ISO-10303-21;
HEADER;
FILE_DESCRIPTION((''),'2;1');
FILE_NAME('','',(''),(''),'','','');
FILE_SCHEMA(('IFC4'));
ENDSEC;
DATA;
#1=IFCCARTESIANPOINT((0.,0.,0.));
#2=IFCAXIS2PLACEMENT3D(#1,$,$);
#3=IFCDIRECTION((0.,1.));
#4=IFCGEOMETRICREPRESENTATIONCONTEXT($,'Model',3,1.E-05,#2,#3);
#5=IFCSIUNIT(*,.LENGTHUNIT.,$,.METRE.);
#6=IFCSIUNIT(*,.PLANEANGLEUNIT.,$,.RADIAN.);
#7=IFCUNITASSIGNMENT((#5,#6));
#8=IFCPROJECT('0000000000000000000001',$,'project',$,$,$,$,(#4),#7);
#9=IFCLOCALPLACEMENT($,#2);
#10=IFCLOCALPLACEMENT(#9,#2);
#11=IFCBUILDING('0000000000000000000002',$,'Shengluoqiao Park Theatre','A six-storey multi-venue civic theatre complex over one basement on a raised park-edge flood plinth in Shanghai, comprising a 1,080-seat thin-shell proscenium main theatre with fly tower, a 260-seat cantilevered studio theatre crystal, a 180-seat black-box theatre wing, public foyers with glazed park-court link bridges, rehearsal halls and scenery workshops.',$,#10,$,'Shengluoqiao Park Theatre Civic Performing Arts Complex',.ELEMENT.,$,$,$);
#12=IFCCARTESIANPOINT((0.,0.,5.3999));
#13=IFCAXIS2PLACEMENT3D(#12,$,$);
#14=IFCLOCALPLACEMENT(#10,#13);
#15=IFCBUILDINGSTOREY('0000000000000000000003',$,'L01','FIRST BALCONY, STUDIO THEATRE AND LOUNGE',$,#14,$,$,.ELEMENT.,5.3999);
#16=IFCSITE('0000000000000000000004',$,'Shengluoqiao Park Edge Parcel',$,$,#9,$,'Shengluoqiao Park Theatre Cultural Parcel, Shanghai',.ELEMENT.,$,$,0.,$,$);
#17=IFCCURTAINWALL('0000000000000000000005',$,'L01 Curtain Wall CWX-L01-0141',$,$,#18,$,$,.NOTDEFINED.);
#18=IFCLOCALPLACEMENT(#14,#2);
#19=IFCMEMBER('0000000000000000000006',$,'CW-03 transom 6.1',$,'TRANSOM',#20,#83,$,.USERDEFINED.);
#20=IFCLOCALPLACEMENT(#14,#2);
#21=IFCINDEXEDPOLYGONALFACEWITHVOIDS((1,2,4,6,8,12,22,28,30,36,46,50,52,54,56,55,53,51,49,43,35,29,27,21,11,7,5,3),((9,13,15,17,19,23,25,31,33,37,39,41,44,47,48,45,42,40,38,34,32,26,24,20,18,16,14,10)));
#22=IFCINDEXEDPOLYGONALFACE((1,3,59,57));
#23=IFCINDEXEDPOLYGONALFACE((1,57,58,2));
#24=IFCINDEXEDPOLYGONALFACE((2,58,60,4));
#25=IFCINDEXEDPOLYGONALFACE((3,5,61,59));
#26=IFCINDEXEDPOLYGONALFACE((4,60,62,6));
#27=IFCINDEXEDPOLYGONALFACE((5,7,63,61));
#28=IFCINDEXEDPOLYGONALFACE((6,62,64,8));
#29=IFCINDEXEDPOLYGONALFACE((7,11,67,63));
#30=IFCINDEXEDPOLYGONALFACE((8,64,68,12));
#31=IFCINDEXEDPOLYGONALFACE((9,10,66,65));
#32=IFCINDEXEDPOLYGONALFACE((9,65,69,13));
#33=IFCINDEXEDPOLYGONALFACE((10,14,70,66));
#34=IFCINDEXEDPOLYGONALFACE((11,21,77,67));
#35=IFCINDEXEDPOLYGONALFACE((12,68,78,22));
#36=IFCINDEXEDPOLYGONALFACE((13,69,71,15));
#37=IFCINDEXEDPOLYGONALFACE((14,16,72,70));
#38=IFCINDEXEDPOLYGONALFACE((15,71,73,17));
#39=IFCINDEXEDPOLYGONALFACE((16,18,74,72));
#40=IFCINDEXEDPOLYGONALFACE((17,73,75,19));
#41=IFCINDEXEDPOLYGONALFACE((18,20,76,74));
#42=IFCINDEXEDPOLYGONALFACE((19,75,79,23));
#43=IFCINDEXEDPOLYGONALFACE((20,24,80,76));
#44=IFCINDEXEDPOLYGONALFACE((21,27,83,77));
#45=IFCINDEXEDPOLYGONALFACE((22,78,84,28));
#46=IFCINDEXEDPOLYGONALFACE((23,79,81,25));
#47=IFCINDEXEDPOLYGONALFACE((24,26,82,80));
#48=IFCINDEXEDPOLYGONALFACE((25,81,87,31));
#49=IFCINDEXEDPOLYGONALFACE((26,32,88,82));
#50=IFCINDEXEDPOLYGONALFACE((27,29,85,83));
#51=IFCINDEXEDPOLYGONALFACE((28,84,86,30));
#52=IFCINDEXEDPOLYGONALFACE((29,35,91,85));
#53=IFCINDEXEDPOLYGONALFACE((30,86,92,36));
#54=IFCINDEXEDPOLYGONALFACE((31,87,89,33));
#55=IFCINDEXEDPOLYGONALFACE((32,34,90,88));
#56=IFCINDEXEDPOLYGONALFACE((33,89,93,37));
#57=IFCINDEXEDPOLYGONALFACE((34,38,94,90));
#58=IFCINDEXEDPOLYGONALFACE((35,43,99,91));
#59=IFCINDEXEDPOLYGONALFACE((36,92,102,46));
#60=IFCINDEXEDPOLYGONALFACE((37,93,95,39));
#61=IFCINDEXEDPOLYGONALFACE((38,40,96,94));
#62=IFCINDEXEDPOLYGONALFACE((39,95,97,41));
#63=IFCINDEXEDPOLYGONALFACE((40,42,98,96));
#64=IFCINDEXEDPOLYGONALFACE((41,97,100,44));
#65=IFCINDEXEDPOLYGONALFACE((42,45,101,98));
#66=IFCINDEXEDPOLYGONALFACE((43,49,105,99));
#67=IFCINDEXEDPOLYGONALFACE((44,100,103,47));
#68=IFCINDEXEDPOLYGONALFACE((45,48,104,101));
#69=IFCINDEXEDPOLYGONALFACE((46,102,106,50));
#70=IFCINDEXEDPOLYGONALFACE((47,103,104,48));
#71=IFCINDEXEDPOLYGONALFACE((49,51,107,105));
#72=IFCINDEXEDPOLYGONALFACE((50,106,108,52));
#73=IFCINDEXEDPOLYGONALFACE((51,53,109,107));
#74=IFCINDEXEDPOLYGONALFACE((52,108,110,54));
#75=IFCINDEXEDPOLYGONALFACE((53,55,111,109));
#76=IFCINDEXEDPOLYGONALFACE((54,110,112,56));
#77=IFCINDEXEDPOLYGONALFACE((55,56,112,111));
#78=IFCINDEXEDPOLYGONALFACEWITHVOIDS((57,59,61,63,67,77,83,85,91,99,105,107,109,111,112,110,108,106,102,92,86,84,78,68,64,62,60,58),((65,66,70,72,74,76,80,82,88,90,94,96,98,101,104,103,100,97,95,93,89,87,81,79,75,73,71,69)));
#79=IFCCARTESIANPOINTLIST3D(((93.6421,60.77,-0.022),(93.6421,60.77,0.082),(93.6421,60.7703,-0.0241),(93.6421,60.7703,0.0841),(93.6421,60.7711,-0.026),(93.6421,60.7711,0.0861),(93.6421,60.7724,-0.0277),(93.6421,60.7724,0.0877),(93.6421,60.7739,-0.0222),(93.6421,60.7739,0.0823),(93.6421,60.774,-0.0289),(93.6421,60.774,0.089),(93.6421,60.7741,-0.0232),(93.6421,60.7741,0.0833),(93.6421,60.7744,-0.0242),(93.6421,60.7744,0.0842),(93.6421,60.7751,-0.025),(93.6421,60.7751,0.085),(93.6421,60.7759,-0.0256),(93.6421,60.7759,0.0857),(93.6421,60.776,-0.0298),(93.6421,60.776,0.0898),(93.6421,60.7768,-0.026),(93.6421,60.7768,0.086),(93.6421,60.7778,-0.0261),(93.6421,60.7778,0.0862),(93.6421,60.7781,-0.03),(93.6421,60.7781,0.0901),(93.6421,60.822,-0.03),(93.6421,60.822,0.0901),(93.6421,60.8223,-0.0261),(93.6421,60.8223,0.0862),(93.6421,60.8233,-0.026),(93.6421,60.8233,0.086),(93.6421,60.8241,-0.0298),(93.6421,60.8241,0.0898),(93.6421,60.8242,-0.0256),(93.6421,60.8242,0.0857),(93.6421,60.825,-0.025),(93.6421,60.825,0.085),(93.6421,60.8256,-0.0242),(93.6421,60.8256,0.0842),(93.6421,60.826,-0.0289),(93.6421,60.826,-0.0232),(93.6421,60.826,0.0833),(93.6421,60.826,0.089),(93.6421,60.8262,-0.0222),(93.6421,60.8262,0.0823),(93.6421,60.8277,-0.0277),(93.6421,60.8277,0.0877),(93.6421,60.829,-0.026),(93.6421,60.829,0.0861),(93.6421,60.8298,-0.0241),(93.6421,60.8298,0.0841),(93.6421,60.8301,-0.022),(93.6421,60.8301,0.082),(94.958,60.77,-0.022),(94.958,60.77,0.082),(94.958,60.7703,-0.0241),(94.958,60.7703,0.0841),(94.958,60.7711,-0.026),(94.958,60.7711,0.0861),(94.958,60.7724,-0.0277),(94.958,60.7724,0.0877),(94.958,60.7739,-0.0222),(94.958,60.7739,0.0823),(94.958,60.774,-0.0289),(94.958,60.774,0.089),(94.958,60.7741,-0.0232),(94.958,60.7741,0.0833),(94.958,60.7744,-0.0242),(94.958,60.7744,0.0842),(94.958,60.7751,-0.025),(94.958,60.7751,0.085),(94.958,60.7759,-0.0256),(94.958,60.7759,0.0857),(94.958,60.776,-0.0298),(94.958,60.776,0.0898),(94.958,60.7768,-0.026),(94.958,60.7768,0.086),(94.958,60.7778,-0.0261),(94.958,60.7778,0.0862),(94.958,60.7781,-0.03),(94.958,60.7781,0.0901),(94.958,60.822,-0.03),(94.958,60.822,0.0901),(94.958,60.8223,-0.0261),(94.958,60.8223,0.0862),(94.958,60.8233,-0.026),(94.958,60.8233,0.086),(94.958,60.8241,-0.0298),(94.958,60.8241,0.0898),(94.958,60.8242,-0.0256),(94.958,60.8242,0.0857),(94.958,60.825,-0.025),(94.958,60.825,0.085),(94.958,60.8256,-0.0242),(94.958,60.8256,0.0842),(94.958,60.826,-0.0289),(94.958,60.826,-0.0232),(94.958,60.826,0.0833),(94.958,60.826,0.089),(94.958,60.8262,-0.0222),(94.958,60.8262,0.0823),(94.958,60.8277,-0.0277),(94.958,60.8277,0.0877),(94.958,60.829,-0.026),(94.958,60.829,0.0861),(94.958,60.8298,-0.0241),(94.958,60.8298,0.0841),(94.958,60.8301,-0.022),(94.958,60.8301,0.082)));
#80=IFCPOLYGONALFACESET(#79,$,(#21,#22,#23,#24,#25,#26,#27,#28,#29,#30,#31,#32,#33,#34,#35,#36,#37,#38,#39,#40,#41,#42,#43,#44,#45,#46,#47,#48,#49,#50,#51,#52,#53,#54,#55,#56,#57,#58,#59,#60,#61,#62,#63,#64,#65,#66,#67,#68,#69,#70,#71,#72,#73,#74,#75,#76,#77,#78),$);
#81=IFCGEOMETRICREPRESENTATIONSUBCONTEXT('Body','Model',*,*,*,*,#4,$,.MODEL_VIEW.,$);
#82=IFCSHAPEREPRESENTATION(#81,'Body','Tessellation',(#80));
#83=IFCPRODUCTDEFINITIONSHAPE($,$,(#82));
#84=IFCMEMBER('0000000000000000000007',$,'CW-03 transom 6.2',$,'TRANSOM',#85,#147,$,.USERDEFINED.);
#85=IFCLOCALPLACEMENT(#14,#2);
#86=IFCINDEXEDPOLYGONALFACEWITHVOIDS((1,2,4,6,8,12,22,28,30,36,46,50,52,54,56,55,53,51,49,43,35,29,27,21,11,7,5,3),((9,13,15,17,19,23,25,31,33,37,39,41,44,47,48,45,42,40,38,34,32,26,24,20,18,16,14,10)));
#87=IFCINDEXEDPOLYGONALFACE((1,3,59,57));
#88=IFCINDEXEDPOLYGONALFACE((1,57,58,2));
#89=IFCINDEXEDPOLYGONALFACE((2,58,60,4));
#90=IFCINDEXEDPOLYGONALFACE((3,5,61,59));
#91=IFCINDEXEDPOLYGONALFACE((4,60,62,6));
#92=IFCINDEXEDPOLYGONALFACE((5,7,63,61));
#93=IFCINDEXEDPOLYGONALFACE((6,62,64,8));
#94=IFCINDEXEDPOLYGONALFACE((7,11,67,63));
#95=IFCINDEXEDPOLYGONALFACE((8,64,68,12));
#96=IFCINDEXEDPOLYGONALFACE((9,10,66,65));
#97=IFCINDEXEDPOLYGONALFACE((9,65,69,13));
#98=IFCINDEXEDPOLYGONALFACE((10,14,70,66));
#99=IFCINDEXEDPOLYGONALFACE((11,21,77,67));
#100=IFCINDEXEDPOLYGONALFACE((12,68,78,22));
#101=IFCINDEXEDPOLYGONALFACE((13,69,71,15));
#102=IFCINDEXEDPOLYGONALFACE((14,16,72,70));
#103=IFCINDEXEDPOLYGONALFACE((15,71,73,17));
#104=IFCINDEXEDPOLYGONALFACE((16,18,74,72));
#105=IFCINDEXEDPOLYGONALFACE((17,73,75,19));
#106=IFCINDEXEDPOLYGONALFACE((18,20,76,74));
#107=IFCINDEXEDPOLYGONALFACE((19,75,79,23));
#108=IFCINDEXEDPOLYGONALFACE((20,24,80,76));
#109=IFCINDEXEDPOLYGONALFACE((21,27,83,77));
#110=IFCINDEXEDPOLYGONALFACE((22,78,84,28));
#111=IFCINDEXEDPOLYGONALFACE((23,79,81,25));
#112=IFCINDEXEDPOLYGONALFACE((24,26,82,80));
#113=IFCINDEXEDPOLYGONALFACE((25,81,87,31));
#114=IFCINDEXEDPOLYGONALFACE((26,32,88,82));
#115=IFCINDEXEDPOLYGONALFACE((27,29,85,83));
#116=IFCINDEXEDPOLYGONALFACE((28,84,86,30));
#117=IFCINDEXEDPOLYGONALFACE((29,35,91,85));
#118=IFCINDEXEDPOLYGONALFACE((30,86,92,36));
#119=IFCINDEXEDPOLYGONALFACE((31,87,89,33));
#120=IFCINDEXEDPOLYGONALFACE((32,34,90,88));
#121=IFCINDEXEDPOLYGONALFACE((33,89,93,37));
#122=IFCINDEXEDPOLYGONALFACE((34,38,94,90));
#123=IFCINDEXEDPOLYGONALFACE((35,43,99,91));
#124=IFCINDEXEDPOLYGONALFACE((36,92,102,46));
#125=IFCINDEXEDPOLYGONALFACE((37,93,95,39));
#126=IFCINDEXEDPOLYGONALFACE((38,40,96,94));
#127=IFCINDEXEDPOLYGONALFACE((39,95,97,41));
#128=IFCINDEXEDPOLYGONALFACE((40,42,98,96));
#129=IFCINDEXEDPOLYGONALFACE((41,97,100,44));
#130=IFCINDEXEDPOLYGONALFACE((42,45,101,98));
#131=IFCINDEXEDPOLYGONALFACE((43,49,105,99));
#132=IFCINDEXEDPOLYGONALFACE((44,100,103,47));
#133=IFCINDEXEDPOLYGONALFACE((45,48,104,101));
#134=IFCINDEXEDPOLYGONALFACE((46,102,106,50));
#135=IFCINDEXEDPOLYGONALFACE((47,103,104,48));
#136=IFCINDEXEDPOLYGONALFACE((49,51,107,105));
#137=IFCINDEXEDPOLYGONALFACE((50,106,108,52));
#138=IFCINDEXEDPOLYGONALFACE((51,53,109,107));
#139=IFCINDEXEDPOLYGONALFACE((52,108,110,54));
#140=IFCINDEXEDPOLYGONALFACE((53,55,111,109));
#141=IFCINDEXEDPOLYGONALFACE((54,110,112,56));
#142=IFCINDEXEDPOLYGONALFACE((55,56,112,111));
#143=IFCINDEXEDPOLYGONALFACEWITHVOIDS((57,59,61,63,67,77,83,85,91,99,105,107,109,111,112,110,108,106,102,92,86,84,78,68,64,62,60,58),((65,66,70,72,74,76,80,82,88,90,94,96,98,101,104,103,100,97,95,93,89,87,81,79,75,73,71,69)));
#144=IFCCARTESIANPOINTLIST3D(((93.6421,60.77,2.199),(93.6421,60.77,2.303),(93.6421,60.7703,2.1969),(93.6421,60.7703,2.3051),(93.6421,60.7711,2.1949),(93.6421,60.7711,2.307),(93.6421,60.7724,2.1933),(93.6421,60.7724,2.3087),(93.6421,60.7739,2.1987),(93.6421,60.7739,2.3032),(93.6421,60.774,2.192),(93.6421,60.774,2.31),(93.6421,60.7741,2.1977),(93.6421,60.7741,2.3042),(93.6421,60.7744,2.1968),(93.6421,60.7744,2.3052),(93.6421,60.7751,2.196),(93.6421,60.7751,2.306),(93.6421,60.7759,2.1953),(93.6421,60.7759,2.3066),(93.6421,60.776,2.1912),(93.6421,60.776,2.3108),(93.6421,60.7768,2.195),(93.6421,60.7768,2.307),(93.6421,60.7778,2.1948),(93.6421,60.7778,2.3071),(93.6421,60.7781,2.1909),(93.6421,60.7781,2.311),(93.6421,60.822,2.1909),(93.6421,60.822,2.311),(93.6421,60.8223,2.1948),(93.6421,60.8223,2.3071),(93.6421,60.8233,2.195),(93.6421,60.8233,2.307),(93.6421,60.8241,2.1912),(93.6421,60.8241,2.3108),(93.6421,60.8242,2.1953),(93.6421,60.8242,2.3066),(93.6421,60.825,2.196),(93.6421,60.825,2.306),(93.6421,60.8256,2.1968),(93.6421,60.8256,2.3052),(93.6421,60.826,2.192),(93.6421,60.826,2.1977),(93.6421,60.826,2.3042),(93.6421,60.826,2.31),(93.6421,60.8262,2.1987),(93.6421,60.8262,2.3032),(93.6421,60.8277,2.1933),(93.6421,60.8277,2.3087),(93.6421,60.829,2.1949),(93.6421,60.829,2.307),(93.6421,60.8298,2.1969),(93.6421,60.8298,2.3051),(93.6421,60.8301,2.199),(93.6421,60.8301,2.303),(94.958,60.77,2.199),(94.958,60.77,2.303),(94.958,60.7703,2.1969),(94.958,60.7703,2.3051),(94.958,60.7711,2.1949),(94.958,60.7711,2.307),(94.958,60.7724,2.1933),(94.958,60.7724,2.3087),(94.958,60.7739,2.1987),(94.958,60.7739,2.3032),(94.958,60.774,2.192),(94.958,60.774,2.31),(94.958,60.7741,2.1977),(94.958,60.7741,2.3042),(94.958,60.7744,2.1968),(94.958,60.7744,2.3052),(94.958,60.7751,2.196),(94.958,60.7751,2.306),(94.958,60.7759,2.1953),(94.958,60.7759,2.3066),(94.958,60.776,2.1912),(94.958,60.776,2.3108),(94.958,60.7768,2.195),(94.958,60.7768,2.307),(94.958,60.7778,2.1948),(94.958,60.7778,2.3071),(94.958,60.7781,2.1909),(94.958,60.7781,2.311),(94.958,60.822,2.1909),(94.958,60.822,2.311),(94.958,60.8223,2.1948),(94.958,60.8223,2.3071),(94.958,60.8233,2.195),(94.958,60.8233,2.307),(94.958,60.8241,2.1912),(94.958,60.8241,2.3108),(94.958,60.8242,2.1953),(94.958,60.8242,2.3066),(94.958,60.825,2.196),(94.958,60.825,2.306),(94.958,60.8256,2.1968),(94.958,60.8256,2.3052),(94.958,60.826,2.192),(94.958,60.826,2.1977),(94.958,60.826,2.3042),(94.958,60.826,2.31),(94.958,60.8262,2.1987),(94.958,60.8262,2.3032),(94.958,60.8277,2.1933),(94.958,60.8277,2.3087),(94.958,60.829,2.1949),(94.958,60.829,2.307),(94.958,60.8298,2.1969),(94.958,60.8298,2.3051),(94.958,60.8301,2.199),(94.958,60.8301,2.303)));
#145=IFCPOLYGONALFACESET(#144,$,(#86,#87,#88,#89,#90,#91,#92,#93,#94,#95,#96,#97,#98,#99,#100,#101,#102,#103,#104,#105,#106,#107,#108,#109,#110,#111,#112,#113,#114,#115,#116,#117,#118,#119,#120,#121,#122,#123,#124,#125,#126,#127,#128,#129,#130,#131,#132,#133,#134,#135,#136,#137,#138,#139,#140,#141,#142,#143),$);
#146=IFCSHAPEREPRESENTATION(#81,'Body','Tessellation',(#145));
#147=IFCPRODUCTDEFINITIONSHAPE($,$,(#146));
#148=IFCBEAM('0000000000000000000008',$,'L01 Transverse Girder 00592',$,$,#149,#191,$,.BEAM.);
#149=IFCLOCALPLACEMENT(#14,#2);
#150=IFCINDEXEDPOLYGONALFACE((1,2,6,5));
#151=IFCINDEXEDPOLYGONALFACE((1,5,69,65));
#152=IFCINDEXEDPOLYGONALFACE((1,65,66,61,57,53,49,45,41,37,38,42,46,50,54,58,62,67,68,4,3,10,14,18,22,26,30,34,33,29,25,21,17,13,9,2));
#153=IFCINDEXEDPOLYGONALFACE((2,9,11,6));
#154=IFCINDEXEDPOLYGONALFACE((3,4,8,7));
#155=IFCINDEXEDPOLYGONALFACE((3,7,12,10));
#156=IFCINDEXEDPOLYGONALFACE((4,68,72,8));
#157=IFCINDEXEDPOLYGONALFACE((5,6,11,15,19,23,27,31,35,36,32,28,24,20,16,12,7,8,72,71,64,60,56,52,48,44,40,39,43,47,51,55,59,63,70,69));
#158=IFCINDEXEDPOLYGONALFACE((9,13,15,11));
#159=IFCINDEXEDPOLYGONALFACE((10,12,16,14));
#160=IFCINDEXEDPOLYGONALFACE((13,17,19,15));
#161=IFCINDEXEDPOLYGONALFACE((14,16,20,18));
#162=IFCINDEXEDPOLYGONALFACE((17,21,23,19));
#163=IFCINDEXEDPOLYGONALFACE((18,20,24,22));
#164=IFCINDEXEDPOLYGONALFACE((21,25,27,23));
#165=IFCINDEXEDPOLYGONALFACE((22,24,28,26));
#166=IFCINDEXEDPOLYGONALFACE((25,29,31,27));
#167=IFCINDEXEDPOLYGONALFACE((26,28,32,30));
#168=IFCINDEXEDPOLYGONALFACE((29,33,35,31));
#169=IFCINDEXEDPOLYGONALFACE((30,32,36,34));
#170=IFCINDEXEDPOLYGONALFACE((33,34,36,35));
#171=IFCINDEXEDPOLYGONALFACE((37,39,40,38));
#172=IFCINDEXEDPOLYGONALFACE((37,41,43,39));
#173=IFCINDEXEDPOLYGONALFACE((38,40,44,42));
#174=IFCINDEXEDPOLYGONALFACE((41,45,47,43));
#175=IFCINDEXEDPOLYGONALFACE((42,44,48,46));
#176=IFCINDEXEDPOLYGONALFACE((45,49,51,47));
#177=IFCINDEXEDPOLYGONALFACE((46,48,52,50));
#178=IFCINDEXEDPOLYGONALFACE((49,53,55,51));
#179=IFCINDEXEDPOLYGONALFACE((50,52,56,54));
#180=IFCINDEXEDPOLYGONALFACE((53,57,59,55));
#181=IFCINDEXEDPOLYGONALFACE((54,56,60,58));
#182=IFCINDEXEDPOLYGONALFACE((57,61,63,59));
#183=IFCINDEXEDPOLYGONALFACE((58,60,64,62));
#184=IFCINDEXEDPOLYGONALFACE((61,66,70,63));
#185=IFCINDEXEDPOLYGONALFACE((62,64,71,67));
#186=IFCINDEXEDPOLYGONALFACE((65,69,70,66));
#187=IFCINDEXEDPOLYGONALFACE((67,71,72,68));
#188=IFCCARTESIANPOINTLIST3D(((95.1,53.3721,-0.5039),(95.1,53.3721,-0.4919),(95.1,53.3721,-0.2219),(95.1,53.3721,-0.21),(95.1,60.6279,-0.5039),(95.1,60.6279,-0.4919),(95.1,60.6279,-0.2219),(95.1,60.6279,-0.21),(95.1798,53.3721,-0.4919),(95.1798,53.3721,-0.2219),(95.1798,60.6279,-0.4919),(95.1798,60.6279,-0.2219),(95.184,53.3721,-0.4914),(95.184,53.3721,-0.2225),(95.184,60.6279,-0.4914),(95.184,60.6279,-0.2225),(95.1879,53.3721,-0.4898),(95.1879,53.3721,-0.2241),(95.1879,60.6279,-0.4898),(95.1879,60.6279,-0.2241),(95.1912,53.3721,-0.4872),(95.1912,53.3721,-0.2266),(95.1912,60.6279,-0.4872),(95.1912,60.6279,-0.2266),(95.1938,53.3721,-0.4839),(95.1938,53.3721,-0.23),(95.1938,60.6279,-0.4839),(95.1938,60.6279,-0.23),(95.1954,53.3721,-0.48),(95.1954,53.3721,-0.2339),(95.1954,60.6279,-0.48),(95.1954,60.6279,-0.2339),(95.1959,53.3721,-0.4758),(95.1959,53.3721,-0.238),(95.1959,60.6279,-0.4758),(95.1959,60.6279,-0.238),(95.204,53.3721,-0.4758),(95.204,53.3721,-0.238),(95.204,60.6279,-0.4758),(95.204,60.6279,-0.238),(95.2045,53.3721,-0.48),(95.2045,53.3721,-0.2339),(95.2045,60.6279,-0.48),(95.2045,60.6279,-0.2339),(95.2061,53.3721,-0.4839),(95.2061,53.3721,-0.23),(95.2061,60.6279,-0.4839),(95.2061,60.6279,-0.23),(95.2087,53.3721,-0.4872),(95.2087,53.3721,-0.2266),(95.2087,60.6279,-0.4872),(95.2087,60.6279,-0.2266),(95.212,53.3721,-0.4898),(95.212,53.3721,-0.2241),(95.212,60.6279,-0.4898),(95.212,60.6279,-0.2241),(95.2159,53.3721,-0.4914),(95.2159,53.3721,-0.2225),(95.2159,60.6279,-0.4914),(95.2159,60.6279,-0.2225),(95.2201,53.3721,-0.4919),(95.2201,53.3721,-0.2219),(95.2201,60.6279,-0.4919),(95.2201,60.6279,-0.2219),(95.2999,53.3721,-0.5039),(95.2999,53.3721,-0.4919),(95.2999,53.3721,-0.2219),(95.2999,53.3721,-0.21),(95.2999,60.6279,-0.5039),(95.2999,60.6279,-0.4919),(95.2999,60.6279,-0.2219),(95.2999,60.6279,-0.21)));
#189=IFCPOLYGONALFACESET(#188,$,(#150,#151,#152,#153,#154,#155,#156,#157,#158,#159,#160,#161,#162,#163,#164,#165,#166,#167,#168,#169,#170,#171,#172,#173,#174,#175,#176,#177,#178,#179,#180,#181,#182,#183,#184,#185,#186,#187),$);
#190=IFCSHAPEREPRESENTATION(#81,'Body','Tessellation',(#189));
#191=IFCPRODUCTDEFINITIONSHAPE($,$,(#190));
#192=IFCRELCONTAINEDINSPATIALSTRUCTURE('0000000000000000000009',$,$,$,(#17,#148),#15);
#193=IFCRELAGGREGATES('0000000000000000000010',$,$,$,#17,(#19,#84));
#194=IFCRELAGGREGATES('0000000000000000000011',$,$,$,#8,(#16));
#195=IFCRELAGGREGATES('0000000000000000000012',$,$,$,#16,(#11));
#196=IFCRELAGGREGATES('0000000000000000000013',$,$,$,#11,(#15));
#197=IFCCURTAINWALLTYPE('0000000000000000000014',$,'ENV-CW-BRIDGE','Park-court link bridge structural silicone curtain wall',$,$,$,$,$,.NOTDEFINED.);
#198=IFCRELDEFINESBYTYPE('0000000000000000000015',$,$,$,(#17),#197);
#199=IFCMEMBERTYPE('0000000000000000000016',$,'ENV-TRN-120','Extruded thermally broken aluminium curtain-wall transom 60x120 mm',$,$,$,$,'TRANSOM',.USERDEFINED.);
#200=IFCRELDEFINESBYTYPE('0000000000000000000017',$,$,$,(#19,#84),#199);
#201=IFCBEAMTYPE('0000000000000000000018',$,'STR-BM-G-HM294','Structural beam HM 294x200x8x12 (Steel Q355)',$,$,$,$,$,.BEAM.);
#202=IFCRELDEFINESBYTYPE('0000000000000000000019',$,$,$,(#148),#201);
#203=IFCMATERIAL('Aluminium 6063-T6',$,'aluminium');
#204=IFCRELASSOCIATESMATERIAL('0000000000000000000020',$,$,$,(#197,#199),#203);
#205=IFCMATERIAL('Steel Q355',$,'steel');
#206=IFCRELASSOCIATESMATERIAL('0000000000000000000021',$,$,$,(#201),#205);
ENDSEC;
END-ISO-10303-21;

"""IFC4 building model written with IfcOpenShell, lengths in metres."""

from ifc_helpers import new_model, si_unit, direction, frame, origin, origin_2d, place, context, subcontext, project, spatial, hollow_rectangle, i_section, extrude, material, material_profile, profile_set, type_object, element, aggregate, save


model = new_model("IFC4")

# Units and contexts
model_context = context("Model", 3, precision=1e-05, world=origin(), true_north=direction((0.0, 1.0)))
body_context = subcontext(model_context, "Body", "Model", "MODEL_VIEW")
ifc_project = project(units=[si_unit("LENGTHUNIT", "METRE"), si_unit("PLANEANGLEUNIT", "RADIAN")], contexts=[model_context])

# Site, building, storey
site_placement = place(None, origin())
site = spatial("IfcSite", under=ifc_project, at=site_placement, Name="Shengluoqiao Park Edge Parcel", LongName="Shengluoqiao Park Theatre Cultural Parcel, Shanghai", CompositionType="ELEMENT", RefElevation=0.0)
building_placement = place(site_placement, origin())
building = spatial("IfcBuilding", under=site, at=building_placement, Name="Shengluoqiao Park Theatre", Description="A six-storey multi-venue civic theatre complex over one basement on a raised park-edge flood plinth in Shanghai, comprising a 1,080-seat thin-shell proscenium main theatre with fly tower, a 260-seat cantilevered studio theatre crystal, a 180-seat black-box theatre wing, public foyers with glazed park-court link bridges, rehearsal halls and scenery workshops.", LongName="Shengluoqiao Park Theatre Civic Performing Arts Complex", CompositionType="ELEMENT")
storey_placement = place(building_placement, frame((0.0, 0.0, 5.3999)))
storey = spatial("IfcBuildingStorey", under=building, at=storey_placement, Name="L01", Description="FIRST BALCONY, STUDIO THEATRE AND LOUNGE", CompositionType="ELEMENT", Elevation=5.3999)

# Shared definitions
ifc_material_1 = material(Name="Steel Q355", Category="steel")

# Shared definitions
ifc_material_2 = material(Name="Aluminium 6063-T6", Category="aluminium")
curtain_wall_type = type_object("IfcCurtainWallType", Name="ENV-CW-BRIDGE", Description="Park-court link bridge structural silicone curtain wall", PredefinedType="NOTDEFINED", material=ifc_material_2)

# Curtain wall
curtain_wall_1_placement = place(storey_placement, origin())
curtain_wall_1 = element("IfcCurtainWall", 1, at=curtain_wall_1_placement, inside=storey, type_object=curtain_wall_type, Name="L01 Curtain Wall CWX-L01-0141", PredefinedType="NOTDEFINED")

# Members
ifc_material_profile_1 = material_profile(ifc_material_2, hollow_rectangle(XDim=0.0601, YDim=0.1201, WallThickness=0.0039, InnerFilletRadius=0.0039, OuterFilletRadius=0.0081, at=origin_2d()), Name="ALU TRANSOM 120x60x4")
ifc_profile_set_1 = profile_set([ifc_material_profile_1], Name="Aluminium 6063-T6")
member_type_1 = type_object("IfcMemberType", Name="ENV-TRN-120", Description="Extruded thermally broken aluminium curtain-wall transom 60x120 mm", ElementType="TRANSOM", PredefinedType="USERDEFINED", material=ifc_profile_set_1)
member_1_placement = place(storey_placement, frame((93.6421, 60.8, 0.03), z_axis=(1.0, 0.0, 0.0), x_axis=(0.0, 1.0, 0.0)))
member_1 = element("IfcMember", 2, at=member_1_placement, type_object=member_type_1, Name="CW-03 transom 6.1", ObjectType="TRANSOM", PredefinedType="USERDEFINED", context=body_context, shape_type="SweptSolid", body=[
    extrude(hollow_rectangle(XDim=0.0601, YDim=0.1201, WallThickness=0.0039, InnerFilletRadius=0.0039, OuterFilletRadius=0.0081, at=origin_2d()), origin(), (0.0, 0.0, 1.0), 1.3159),
])
member_2_placement = place(storey_placement, frame((93.6421, 60.8, 2.251), z_axis=(1.0, 0.0, 0.0), x_axis=(0.0, 1.0, 0.0)))
member_2 = element("IfcMember", 3, at=member_2_placement, type_object=member_type_1, Name="CW-03 transom 6.2", ObjectType="TRANSOM", PredefinedType="USERDEFINED", context=body_context, shape_type="SweptSolid", body=[
    extrude(hollow_rectangle(XDim=0.0601, YDim=0.1201, WallThickness=0.0039, InnerFilletRadius=0.0039, OuterFilletRadius=0.0081, at=origin_2d()), origin(), (0.0, 0.0, 1.0), 1.3159),
])

# Beam
ifc_material_profile_2 = material_profile(ifc_material_1, i_section(OverallWidth=0.2, OverallDepth=0.2939, WebThickness=0.0081, FlangeThickness=0.012, FilletRadius=0.0161, at=origin_2d()), Name="HM 294x200x8x12")
ifc_profile_set_2 = profile_set([ifc_material_profile_2], Name="Steel Q355")
beam_type_1 = type_object("IfcBeamType", Name="STR-BM-G-HM294", Description="Structural beam HM 294x200x8x12 (Steel Q355)", PredefinedType="BEAM", material=ifc_profile_set_2)
beam_1_placement = place(storey_placement, frame((95.2, 53.3721, -0.3569), z_axis=(0.0, 1.0, 0.0), x_axis=(-1.0, 0.0, 0.0)))
element("IfcBeam", 4, at=beam_1_placement, inside=storey, type_object=beam_type_1, Name="L01 Transverse Girder 00592", PredefinedType="BEAM", context=body_context, shape_type="SweptSolid", body=[
    extrude(i_section(OverallWidth=0.2, OverallDepth=0.2939, WebThickness=0.0081, FlangeThickness=0.012, FilletRadius=0.0161, at=origin_2d()), origin(), (0.0, 0.0, 1.0), 7.2559),
])

aggregate(curtain_wall_1, [member_1, member_2])

save(model, "model.ifc")
